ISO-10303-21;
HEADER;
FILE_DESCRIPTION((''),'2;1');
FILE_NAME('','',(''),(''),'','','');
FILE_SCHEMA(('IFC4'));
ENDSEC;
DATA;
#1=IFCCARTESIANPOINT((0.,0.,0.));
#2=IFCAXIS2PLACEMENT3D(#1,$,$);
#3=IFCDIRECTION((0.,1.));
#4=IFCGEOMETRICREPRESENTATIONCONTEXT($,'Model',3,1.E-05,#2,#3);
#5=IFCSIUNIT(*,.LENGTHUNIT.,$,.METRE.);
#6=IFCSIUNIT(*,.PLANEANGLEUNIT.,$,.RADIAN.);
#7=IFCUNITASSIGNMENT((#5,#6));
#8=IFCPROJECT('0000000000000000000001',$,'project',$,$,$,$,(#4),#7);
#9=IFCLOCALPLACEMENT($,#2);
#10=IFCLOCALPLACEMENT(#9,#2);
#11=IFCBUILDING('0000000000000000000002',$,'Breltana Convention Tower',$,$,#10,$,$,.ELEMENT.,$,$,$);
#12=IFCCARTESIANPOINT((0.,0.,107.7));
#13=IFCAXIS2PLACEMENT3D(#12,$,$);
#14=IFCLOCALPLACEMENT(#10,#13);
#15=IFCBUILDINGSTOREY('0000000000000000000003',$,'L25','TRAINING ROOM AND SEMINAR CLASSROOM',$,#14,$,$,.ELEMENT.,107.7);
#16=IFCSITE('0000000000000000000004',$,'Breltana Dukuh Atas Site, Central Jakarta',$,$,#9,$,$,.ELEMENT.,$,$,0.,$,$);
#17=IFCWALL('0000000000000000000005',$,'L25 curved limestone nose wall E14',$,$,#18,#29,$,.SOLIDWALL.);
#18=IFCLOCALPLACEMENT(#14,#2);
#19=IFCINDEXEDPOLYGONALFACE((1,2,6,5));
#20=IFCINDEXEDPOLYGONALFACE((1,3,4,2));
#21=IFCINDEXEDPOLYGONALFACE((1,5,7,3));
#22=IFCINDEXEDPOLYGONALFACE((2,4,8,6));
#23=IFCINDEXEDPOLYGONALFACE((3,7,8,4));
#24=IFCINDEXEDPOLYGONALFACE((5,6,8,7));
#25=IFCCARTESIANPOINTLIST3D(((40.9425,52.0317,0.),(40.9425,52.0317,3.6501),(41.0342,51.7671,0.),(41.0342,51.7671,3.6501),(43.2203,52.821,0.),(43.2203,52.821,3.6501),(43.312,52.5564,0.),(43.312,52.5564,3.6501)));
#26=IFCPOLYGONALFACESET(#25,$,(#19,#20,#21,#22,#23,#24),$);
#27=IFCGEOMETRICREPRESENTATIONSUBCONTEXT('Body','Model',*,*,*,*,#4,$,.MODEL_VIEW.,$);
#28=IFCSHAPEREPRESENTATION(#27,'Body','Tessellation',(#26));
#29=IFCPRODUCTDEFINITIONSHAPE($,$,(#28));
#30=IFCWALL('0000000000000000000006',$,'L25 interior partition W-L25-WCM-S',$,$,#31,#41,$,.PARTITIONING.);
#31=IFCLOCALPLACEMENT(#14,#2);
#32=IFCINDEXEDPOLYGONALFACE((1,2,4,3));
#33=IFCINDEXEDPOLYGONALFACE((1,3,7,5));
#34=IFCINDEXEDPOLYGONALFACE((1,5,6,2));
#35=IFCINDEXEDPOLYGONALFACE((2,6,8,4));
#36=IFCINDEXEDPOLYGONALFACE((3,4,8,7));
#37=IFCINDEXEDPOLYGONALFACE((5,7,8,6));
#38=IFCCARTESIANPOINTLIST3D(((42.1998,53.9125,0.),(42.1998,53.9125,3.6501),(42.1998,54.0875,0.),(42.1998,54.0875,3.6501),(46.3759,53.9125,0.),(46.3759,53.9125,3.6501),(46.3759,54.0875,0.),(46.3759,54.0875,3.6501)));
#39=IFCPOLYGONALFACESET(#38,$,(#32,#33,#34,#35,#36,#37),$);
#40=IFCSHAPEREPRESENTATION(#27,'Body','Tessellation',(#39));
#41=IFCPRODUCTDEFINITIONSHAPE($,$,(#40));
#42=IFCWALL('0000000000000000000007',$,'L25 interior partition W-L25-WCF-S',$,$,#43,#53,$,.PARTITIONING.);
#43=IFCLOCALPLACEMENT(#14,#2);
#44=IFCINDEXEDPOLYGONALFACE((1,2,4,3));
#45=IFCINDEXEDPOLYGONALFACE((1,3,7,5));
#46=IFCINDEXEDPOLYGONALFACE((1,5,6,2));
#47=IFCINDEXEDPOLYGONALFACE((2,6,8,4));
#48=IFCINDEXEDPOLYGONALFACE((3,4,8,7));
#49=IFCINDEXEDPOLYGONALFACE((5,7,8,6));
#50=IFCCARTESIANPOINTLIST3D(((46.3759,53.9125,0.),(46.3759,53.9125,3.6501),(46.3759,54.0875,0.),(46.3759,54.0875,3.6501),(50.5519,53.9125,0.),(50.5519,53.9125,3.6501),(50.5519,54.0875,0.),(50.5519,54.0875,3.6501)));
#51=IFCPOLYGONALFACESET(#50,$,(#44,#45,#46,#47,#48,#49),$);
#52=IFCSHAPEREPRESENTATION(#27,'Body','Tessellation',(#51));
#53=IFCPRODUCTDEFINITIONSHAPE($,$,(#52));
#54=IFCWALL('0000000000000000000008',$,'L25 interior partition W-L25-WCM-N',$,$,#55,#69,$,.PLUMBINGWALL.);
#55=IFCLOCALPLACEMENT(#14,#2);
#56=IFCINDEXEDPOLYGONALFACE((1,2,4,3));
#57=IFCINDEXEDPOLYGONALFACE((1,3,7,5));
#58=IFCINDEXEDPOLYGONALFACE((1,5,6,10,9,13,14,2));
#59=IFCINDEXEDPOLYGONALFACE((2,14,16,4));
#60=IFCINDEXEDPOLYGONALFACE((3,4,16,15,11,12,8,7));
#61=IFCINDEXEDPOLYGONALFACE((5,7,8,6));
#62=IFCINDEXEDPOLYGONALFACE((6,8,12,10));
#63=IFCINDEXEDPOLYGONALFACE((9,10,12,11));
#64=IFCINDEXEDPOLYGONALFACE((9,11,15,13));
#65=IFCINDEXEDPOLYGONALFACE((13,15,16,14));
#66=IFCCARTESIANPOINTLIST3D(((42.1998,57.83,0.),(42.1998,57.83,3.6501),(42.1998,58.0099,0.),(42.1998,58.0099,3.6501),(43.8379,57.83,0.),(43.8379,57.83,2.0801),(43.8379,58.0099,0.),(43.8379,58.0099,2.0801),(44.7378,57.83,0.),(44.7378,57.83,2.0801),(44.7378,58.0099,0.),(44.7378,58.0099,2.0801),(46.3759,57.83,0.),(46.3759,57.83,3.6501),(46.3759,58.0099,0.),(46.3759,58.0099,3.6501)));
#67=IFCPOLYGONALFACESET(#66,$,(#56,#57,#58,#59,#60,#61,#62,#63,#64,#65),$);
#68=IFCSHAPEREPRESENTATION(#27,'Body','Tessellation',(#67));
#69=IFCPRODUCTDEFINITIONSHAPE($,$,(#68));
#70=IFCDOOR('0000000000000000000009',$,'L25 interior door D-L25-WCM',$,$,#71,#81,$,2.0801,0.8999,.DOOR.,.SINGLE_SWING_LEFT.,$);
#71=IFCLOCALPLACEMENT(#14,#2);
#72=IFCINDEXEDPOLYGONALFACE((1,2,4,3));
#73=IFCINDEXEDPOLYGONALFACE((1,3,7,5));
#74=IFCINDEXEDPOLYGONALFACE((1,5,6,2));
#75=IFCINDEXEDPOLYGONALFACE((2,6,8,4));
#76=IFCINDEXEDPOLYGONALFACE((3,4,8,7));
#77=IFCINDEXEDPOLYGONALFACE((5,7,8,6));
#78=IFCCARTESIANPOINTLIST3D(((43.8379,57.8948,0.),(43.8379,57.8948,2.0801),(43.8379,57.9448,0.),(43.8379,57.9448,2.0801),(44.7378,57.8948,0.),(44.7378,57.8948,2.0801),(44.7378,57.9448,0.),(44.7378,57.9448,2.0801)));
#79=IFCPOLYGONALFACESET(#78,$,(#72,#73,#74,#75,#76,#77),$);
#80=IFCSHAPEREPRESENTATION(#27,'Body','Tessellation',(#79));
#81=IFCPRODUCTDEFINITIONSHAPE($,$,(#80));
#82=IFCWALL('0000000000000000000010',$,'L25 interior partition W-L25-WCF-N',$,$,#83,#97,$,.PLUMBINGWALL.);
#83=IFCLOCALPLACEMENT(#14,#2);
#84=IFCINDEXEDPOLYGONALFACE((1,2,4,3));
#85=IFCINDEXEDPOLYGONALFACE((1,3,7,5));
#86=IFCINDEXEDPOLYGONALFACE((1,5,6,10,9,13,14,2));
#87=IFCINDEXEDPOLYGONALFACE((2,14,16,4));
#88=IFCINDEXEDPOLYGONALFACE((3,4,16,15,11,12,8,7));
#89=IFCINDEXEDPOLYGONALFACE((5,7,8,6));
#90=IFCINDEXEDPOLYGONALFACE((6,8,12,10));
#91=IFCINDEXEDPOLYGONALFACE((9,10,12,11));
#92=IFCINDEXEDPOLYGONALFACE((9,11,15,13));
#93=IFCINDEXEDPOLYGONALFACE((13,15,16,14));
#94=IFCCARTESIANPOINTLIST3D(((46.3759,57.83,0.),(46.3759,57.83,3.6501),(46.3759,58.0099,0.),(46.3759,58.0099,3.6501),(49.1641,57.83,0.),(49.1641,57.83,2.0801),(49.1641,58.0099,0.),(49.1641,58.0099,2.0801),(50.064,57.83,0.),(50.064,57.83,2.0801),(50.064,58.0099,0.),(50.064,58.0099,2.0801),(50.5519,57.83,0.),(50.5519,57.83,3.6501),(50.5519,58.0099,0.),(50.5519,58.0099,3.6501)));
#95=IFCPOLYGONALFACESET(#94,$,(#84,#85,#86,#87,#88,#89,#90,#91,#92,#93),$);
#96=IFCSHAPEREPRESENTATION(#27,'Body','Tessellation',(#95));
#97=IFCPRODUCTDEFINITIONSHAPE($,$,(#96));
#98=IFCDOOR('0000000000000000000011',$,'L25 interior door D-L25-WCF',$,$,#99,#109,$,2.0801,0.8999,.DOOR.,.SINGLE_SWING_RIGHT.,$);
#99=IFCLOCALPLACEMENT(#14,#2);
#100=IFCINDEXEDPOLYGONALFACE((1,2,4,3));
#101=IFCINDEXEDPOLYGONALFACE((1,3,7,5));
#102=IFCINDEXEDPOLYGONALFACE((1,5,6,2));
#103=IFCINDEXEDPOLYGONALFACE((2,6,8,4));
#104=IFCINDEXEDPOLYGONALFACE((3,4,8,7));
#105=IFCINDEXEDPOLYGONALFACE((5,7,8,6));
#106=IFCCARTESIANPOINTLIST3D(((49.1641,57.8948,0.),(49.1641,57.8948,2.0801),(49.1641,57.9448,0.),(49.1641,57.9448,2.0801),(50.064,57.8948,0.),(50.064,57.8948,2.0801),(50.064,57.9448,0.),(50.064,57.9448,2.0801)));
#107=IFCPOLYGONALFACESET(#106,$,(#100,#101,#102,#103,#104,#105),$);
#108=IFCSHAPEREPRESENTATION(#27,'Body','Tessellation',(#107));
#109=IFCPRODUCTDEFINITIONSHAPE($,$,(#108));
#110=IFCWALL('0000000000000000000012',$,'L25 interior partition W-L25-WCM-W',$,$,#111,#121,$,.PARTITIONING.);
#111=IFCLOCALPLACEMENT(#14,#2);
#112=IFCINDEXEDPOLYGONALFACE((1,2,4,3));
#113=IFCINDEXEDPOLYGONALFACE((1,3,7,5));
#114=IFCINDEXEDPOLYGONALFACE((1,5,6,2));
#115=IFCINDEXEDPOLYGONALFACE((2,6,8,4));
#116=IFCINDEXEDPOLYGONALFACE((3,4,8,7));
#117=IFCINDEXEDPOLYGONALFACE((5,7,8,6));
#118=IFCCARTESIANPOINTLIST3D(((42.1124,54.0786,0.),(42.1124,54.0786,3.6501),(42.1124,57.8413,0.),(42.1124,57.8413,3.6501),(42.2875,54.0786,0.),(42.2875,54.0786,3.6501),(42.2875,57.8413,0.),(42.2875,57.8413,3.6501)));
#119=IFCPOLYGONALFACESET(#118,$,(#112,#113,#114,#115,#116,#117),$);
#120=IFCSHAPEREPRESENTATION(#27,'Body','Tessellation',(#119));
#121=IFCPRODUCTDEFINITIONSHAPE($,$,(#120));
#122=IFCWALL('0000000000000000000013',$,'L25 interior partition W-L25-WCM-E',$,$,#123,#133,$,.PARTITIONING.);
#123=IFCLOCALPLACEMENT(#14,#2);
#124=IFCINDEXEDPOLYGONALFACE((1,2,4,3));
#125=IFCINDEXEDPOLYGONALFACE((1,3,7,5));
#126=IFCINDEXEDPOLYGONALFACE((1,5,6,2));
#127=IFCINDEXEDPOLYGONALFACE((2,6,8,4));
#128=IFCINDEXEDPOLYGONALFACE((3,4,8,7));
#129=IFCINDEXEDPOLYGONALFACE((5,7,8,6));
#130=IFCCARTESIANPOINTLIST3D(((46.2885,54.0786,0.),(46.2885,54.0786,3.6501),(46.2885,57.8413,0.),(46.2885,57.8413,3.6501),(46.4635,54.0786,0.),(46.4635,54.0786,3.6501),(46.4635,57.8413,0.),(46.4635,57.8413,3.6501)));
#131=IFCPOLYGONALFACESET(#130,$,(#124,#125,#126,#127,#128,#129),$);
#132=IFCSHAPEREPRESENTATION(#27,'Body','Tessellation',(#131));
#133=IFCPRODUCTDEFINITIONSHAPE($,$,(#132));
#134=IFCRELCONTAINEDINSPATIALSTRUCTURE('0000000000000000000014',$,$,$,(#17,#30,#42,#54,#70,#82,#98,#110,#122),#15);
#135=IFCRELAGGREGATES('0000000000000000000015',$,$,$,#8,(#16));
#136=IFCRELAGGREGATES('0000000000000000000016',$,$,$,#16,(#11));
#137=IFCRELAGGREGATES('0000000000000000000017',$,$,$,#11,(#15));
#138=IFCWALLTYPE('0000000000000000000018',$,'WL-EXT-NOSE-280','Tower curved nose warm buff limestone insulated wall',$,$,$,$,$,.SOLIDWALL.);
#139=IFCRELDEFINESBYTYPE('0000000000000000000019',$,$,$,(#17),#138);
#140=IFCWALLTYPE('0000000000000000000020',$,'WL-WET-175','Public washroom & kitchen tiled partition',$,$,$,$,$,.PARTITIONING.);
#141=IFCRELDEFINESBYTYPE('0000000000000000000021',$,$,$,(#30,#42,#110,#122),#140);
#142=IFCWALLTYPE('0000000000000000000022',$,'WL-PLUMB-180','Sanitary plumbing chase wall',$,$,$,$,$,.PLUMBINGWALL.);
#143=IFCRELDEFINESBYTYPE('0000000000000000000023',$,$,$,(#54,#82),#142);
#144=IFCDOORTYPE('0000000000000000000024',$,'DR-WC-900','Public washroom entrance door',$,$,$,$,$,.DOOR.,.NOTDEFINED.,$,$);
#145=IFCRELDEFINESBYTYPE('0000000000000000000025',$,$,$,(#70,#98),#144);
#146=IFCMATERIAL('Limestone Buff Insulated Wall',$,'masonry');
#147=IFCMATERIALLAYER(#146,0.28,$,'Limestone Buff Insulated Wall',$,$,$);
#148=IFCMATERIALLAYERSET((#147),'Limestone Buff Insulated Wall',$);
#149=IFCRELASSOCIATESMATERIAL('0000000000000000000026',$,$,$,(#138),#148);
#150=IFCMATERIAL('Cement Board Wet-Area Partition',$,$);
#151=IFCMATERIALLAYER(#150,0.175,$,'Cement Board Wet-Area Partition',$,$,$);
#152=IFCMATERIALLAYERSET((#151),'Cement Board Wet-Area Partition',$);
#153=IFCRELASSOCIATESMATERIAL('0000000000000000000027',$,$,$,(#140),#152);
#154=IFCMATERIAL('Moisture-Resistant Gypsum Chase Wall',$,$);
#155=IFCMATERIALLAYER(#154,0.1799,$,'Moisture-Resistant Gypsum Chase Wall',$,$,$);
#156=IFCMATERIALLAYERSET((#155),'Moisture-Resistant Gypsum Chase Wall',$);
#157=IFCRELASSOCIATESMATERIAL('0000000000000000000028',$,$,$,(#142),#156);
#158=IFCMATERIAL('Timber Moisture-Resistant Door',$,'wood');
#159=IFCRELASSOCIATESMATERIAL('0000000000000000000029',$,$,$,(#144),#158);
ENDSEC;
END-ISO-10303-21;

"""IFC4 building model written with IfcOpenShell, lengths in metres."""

from ifc_helpers import new_model, si_unit, direction, frame, frame_2d, origin, place, context, subcontext, project, spatial, rectangle, extrude, source, transform, mapped, material, layer, layer_set, type_object, type_shapes, element, fill, save


model = new_model("IFC4")

# Units and contexts
model_context = context("Model", 3, precision=1e-05, world=origin(), true_north=direction((0.0, 1.0)))
body_context = subcontext(model_context, "Body", "Model", "MODEL_VIEW")
ifc_project = project(units=[si_unit("LENGTHUNIT", "METRE"), si_unit("PLANEANGLEUNIT", "RADIAN")], contexts=[model_context])

# Site, building, storey
site_placement = place(None, origin())
site = spatial("IfcSite", under=ifc_project, at=site_placement, Name="Breltana Dukuh Atas Site, Central Jakarta", CompositionType="ELEMENT", RefElevation=0.0)
building_placement = place(site_placement, origin())
building = spatial("IfcBuilding", under=site, at=building_placement, Name="Breltana Convention Tower", CompositionType="ELEMENT")
storey_placement = place(building_placement, frame((0.0, 0.0, 107.7)))
storey = spatial("IfcBuildingStorey", under=building, at=storey_placement, Name="L25", Description="TRAINING ROOM AND SEMINAR CLASSROOM", CompositionType="ELEMENT", Elevation=107.7)

# Walls
ifc_material_1 = material(Name="Limestone Buff Insulated Wall", Category="masonry")
ifc_layer_1 = layer(ifc_material_1, 0.28, Name="Limestone Buff Insulated Wall")
ifc_layer_set_1 = layer_set([ifc_layer_1], Name="Limestone Buff Insulated Wall")
wall_type_1 = type_object("IfcWallType", Name="WL-EXT-NOSE-280", Description="Tower curved nose warm buff limestone insulated wall", PredefinedType="SOLIDWALL", material=ifc_layer_set_1)
shared_shape_1 = source(origin(), body_context, "Body", "SweptSolid", [
    extrude(rectangle(XDim=2.4106, YDim=0.28, at=frame_2d((1.2053, 0.0))), origin(), (0.0, 0.0, 1.0), 3.6501),
])
wall_1_placement = place(storey_placement, frame((43.2661, 52.6887, 0.0), z_axis=(0.0, 0.0, 1.0), x_axis=(-0.94488, -0.327417, 0.0)))
element("IfcWall", 1, at=wall_1_placement, inside=storey, type_object=wall_type_1, Name="L25 curved limestone nose wall E14", PredefinedType="SOLIDWALL", context=body_context, shape_type="MappedRepresentation", body=[
    mapped(shared_shape_1, transform((0.0, 0.0, 0.0), scale=1.0)),
])
ifc_material_2 = material(Name="Cement Board Wet-Area Partition")
ifc_layer_2 = layer(ifc_material_2, 0.175, Name="Cement Board Wet-Area Partition")
ifc_layer_set_2 = layer_set([ifc_layer_2], Name="Cement Board Wet-Area Partition")
wall_type_2 = type_object("IfcWallType", Name="WL-WET-175", Description="Public washroom & kitchen tiled partition", PredefinedType="PARTITIONING", material=ifc_layer_set_2)
shared_shape_2 = source(origin(), body_context, "Body", "SweptSolid", [
    extrude(rectangle(XDim=4.176, YDim=0.175, at=frame_2d((2.0879, 0.0))), origin(), (0.0, 0.0, 1.0), 3.6501),
])
for number, where, z_axis, x_axis, name in (
    (2, (42.2, 54.0, 0.0), (0.0, 0.0, 1.0), (1.0, 0.0, 0.0), "L25 interior partition W-L25-WCM-S"),
    (3, (46.376, 54.0, 0.0), (0.0, 0.0, 1.0), (1.0, 0.0, 0.0), "L25 interior partition W-L25-WCF-S"),
):
    element("IfcWall", number, at=place(storey_placement, frame(where, z_axis=z_axis, x_axis=x_axis)), inside=storey, type_object=wall_type_2, Name=name, PredefinedType="PARTITIONING", context=body_context, shape_type="MappedRepresentation", body=[
        mapped(shared_shape_2, transform((0.0, 0.0, 0.0), scale=1.0)),
    ])

# Walls, openings, doors
ifc_material_3 = material(Name="Moisture-Resistant Gypsum Chase Wall")
ifc_layer_3 = layer(ifc_material_3, 0.1799, Name="Moisture-Resistant Gypsum Chase Wall")
ifc_layer_set_3 = layer_set([ifc_layer_3], Name="Moisture-Resistant Gypsum Chase Wall")
wall_type_3 = type_object("IfcWallType", Name="WL-PLUMB-180", Description="Sanitary plumbing chase wall", PredefinedType="PLUMBINGWALL", material=ifc_layer_set_3)
shared_shape_3 = source(origin(), body_context, "Body", "SweptSolid", [
    extrude(rectangle(XDim=4.176, YDim=0.1799, at=frame_2d((2.0879, 0.0))), origin(), (0.0, 0.0, 1.0), 3.6501),
])
wall_2_placement = place(storey_placement, frame((42.2, 57.9199, 0.0), z_axis=(0.0, 0.0, 1.0), x_axis=(1.0, 0.0, 0.0)))
wall_2 = element("IfcWall", 4, at=wall_2_placement, inside=storey, type_object=wall_type_3, Name="L25 interior partition W-L25-WCM-N", PredefinedType="PLUMBINGWALL", context=body_context, shape_type="MappedRepresentation", body=[
    mapped(shared_shape_3, transform((0.0, 0.0, 0.0), scale=1.0)),
])
opening_1_placement = place(wall_2_placement, frame((1.6379, 0.0, 0.0)))
opening_1 = element("IfcOpeningElement", 5, at=opening_1_placement, cuts=wall_2, PredefinedType="OPENING", context=body_context, shape_type="SweptSolid", body=[
    extrude(rectangle(XDim=0.8999, YDim=2.0801, at=frame_2d((0.45, 1.04))), frame((0.0, 0.1001, 0.0), z_axis=(0.0, -1.0, 0.0), x_axis=(1.0, 0.0, 0.0)), (0.0, 0.0, 1.0), 0.2),
])
ifc_material_4 = material(Name="Timber Moisture-Resistant Door", Category="wood")
door_type = type_object("IfcDoorType", Name="DR-WC-900", Description="Public washroom entrance door", OperationType="NOTDEFINED", PredefinedType="DOOR", material=ifc_material_4)
shared_shape_4 = source(origin(), body_context, "Body", "SweptSolid", [
    extrude(rectangle(XDim=0.8999, YDim=2.0801, at=frame_2d((0.45, 1.04))), frame((0.0, 0.0249, 0.0), z_axis=(0.0, -1.0, 0.0), x_axis=(1.0, 0.0, 0.0)), (0.0, 0.0, 1.0), 0.05),
])
type_shapes(door_type, [shared_shape_4])
door_1_placement = place(opening_1_placement, origin())
door_1 = element("IfcDoor", 6, at=door_1_placement, inside=storey, type_object=door_type, Name="L25 interior door D-L25-WCM", OperationType="SINGLE_SWING_LEFT", OverallHeight=2.0801, OverallWidth=0.8999, PredefinedType="DOOR", context=body_context, shape_type="MappedRepresentation", body=[
    mapped(shared_shape_4, transform((0.0, 0.0, 0.0), scale=1.0)),
])
fill(opening_1, door_1)
wall_3_placement = place(storey_placement, frame((46.376, 57.9199, 0.0), z_axis=(0.0, 0.0, 1.0), x_axis=(1.0, 0.0, 0.0)))
wall_3 = element("IfcWall", 7, at=wall_3_placement, inside=storey, type_object=wall_type_3, Name="L25 interior partition W-L25-WCF-N", PredefinedType="PLUMBINGWALL", context=body_context, shape_type="MappedRepresentation", body=[
    mapped(shared_shape_3, transform((0.0, 0.0, 0.0), scale=1.0)),
])
opening_2_placement = place(wall_3_placement, frame((2.7881, 0.0, 0.0)))
opening_2 = element("IfcOpeningElement", 8, at=opening_2_placement, cuts=wall_3, PredefinedType="OPENING", context=body_context, shape_type="SweptSolid", body=[
    extrude(rectangle(XDim=0.8999, YDim=2.0801, at=frame_2d((0.45, 1.04))), frame((0.0, 0.1001, 0.0), z_axis=(0.0, -1.0, 0.0), x_axis=(1.0, 0.0, 0.0)), (0.0, 0.0, 1.0), 0.2),
])
door_2_placement = place(opening_2_placement, origin())
door_2 = element("IfcDoor", 9, at=door_2_placement, inside=storey, type_object=door_type, Name="L25 interior door D-L25-WCF", OperationType="SINGLE_SWING_RIGHT", OverallHeight=2.0801, OverallWidth=0.8999, PredefinedType="DOOR", context=body_context, shape_type="MappedRepresentation", body=[
    mapped(shared_shape_4, transform((0.0, 0.0, 0.0), scale=1.0)),
])
fill(opening_2, door_2)

# Walls
shared_shape_5 = source(origin(), body_context, "Body", "SweptSolid", [
    extrude(rectangle(XDim=3.7627, YDim=0.175, at=frame_2d((1.8813, 0.0))), origin(), (0.0, 0.0, 1.0), 3.6501),
])
for number, where, z_axis, x_axis, name in (
    (10, (42.2, 54.0786, 0.0), (0.0, 0.0, 1.0), (0.0, 1.0, 0.0), "L25 interior partition W-L25-WCM-W"),
    (11, (46.376, 54.0786, 0.0), (0.0, 0.0, 1.0), (0.0, 1.0, 0.0), "L25 interior partition W-L25-WCM-E"),
):
    element("IfcWall", number, at=place(storey_placement, frame(where, z_axis=z_axis, x_axis=x_axis)), inside=storey, type_object=wall_type_2, Name=name, PredefinedType="PARTITIONING", context=body_context, shape_type="MappedRepresentation", body=[
        mapped(shared_shape_5, transform((0.0, 0.0, 0.0), scale=1.0)),
    ])

save(model, "model.ifc")
